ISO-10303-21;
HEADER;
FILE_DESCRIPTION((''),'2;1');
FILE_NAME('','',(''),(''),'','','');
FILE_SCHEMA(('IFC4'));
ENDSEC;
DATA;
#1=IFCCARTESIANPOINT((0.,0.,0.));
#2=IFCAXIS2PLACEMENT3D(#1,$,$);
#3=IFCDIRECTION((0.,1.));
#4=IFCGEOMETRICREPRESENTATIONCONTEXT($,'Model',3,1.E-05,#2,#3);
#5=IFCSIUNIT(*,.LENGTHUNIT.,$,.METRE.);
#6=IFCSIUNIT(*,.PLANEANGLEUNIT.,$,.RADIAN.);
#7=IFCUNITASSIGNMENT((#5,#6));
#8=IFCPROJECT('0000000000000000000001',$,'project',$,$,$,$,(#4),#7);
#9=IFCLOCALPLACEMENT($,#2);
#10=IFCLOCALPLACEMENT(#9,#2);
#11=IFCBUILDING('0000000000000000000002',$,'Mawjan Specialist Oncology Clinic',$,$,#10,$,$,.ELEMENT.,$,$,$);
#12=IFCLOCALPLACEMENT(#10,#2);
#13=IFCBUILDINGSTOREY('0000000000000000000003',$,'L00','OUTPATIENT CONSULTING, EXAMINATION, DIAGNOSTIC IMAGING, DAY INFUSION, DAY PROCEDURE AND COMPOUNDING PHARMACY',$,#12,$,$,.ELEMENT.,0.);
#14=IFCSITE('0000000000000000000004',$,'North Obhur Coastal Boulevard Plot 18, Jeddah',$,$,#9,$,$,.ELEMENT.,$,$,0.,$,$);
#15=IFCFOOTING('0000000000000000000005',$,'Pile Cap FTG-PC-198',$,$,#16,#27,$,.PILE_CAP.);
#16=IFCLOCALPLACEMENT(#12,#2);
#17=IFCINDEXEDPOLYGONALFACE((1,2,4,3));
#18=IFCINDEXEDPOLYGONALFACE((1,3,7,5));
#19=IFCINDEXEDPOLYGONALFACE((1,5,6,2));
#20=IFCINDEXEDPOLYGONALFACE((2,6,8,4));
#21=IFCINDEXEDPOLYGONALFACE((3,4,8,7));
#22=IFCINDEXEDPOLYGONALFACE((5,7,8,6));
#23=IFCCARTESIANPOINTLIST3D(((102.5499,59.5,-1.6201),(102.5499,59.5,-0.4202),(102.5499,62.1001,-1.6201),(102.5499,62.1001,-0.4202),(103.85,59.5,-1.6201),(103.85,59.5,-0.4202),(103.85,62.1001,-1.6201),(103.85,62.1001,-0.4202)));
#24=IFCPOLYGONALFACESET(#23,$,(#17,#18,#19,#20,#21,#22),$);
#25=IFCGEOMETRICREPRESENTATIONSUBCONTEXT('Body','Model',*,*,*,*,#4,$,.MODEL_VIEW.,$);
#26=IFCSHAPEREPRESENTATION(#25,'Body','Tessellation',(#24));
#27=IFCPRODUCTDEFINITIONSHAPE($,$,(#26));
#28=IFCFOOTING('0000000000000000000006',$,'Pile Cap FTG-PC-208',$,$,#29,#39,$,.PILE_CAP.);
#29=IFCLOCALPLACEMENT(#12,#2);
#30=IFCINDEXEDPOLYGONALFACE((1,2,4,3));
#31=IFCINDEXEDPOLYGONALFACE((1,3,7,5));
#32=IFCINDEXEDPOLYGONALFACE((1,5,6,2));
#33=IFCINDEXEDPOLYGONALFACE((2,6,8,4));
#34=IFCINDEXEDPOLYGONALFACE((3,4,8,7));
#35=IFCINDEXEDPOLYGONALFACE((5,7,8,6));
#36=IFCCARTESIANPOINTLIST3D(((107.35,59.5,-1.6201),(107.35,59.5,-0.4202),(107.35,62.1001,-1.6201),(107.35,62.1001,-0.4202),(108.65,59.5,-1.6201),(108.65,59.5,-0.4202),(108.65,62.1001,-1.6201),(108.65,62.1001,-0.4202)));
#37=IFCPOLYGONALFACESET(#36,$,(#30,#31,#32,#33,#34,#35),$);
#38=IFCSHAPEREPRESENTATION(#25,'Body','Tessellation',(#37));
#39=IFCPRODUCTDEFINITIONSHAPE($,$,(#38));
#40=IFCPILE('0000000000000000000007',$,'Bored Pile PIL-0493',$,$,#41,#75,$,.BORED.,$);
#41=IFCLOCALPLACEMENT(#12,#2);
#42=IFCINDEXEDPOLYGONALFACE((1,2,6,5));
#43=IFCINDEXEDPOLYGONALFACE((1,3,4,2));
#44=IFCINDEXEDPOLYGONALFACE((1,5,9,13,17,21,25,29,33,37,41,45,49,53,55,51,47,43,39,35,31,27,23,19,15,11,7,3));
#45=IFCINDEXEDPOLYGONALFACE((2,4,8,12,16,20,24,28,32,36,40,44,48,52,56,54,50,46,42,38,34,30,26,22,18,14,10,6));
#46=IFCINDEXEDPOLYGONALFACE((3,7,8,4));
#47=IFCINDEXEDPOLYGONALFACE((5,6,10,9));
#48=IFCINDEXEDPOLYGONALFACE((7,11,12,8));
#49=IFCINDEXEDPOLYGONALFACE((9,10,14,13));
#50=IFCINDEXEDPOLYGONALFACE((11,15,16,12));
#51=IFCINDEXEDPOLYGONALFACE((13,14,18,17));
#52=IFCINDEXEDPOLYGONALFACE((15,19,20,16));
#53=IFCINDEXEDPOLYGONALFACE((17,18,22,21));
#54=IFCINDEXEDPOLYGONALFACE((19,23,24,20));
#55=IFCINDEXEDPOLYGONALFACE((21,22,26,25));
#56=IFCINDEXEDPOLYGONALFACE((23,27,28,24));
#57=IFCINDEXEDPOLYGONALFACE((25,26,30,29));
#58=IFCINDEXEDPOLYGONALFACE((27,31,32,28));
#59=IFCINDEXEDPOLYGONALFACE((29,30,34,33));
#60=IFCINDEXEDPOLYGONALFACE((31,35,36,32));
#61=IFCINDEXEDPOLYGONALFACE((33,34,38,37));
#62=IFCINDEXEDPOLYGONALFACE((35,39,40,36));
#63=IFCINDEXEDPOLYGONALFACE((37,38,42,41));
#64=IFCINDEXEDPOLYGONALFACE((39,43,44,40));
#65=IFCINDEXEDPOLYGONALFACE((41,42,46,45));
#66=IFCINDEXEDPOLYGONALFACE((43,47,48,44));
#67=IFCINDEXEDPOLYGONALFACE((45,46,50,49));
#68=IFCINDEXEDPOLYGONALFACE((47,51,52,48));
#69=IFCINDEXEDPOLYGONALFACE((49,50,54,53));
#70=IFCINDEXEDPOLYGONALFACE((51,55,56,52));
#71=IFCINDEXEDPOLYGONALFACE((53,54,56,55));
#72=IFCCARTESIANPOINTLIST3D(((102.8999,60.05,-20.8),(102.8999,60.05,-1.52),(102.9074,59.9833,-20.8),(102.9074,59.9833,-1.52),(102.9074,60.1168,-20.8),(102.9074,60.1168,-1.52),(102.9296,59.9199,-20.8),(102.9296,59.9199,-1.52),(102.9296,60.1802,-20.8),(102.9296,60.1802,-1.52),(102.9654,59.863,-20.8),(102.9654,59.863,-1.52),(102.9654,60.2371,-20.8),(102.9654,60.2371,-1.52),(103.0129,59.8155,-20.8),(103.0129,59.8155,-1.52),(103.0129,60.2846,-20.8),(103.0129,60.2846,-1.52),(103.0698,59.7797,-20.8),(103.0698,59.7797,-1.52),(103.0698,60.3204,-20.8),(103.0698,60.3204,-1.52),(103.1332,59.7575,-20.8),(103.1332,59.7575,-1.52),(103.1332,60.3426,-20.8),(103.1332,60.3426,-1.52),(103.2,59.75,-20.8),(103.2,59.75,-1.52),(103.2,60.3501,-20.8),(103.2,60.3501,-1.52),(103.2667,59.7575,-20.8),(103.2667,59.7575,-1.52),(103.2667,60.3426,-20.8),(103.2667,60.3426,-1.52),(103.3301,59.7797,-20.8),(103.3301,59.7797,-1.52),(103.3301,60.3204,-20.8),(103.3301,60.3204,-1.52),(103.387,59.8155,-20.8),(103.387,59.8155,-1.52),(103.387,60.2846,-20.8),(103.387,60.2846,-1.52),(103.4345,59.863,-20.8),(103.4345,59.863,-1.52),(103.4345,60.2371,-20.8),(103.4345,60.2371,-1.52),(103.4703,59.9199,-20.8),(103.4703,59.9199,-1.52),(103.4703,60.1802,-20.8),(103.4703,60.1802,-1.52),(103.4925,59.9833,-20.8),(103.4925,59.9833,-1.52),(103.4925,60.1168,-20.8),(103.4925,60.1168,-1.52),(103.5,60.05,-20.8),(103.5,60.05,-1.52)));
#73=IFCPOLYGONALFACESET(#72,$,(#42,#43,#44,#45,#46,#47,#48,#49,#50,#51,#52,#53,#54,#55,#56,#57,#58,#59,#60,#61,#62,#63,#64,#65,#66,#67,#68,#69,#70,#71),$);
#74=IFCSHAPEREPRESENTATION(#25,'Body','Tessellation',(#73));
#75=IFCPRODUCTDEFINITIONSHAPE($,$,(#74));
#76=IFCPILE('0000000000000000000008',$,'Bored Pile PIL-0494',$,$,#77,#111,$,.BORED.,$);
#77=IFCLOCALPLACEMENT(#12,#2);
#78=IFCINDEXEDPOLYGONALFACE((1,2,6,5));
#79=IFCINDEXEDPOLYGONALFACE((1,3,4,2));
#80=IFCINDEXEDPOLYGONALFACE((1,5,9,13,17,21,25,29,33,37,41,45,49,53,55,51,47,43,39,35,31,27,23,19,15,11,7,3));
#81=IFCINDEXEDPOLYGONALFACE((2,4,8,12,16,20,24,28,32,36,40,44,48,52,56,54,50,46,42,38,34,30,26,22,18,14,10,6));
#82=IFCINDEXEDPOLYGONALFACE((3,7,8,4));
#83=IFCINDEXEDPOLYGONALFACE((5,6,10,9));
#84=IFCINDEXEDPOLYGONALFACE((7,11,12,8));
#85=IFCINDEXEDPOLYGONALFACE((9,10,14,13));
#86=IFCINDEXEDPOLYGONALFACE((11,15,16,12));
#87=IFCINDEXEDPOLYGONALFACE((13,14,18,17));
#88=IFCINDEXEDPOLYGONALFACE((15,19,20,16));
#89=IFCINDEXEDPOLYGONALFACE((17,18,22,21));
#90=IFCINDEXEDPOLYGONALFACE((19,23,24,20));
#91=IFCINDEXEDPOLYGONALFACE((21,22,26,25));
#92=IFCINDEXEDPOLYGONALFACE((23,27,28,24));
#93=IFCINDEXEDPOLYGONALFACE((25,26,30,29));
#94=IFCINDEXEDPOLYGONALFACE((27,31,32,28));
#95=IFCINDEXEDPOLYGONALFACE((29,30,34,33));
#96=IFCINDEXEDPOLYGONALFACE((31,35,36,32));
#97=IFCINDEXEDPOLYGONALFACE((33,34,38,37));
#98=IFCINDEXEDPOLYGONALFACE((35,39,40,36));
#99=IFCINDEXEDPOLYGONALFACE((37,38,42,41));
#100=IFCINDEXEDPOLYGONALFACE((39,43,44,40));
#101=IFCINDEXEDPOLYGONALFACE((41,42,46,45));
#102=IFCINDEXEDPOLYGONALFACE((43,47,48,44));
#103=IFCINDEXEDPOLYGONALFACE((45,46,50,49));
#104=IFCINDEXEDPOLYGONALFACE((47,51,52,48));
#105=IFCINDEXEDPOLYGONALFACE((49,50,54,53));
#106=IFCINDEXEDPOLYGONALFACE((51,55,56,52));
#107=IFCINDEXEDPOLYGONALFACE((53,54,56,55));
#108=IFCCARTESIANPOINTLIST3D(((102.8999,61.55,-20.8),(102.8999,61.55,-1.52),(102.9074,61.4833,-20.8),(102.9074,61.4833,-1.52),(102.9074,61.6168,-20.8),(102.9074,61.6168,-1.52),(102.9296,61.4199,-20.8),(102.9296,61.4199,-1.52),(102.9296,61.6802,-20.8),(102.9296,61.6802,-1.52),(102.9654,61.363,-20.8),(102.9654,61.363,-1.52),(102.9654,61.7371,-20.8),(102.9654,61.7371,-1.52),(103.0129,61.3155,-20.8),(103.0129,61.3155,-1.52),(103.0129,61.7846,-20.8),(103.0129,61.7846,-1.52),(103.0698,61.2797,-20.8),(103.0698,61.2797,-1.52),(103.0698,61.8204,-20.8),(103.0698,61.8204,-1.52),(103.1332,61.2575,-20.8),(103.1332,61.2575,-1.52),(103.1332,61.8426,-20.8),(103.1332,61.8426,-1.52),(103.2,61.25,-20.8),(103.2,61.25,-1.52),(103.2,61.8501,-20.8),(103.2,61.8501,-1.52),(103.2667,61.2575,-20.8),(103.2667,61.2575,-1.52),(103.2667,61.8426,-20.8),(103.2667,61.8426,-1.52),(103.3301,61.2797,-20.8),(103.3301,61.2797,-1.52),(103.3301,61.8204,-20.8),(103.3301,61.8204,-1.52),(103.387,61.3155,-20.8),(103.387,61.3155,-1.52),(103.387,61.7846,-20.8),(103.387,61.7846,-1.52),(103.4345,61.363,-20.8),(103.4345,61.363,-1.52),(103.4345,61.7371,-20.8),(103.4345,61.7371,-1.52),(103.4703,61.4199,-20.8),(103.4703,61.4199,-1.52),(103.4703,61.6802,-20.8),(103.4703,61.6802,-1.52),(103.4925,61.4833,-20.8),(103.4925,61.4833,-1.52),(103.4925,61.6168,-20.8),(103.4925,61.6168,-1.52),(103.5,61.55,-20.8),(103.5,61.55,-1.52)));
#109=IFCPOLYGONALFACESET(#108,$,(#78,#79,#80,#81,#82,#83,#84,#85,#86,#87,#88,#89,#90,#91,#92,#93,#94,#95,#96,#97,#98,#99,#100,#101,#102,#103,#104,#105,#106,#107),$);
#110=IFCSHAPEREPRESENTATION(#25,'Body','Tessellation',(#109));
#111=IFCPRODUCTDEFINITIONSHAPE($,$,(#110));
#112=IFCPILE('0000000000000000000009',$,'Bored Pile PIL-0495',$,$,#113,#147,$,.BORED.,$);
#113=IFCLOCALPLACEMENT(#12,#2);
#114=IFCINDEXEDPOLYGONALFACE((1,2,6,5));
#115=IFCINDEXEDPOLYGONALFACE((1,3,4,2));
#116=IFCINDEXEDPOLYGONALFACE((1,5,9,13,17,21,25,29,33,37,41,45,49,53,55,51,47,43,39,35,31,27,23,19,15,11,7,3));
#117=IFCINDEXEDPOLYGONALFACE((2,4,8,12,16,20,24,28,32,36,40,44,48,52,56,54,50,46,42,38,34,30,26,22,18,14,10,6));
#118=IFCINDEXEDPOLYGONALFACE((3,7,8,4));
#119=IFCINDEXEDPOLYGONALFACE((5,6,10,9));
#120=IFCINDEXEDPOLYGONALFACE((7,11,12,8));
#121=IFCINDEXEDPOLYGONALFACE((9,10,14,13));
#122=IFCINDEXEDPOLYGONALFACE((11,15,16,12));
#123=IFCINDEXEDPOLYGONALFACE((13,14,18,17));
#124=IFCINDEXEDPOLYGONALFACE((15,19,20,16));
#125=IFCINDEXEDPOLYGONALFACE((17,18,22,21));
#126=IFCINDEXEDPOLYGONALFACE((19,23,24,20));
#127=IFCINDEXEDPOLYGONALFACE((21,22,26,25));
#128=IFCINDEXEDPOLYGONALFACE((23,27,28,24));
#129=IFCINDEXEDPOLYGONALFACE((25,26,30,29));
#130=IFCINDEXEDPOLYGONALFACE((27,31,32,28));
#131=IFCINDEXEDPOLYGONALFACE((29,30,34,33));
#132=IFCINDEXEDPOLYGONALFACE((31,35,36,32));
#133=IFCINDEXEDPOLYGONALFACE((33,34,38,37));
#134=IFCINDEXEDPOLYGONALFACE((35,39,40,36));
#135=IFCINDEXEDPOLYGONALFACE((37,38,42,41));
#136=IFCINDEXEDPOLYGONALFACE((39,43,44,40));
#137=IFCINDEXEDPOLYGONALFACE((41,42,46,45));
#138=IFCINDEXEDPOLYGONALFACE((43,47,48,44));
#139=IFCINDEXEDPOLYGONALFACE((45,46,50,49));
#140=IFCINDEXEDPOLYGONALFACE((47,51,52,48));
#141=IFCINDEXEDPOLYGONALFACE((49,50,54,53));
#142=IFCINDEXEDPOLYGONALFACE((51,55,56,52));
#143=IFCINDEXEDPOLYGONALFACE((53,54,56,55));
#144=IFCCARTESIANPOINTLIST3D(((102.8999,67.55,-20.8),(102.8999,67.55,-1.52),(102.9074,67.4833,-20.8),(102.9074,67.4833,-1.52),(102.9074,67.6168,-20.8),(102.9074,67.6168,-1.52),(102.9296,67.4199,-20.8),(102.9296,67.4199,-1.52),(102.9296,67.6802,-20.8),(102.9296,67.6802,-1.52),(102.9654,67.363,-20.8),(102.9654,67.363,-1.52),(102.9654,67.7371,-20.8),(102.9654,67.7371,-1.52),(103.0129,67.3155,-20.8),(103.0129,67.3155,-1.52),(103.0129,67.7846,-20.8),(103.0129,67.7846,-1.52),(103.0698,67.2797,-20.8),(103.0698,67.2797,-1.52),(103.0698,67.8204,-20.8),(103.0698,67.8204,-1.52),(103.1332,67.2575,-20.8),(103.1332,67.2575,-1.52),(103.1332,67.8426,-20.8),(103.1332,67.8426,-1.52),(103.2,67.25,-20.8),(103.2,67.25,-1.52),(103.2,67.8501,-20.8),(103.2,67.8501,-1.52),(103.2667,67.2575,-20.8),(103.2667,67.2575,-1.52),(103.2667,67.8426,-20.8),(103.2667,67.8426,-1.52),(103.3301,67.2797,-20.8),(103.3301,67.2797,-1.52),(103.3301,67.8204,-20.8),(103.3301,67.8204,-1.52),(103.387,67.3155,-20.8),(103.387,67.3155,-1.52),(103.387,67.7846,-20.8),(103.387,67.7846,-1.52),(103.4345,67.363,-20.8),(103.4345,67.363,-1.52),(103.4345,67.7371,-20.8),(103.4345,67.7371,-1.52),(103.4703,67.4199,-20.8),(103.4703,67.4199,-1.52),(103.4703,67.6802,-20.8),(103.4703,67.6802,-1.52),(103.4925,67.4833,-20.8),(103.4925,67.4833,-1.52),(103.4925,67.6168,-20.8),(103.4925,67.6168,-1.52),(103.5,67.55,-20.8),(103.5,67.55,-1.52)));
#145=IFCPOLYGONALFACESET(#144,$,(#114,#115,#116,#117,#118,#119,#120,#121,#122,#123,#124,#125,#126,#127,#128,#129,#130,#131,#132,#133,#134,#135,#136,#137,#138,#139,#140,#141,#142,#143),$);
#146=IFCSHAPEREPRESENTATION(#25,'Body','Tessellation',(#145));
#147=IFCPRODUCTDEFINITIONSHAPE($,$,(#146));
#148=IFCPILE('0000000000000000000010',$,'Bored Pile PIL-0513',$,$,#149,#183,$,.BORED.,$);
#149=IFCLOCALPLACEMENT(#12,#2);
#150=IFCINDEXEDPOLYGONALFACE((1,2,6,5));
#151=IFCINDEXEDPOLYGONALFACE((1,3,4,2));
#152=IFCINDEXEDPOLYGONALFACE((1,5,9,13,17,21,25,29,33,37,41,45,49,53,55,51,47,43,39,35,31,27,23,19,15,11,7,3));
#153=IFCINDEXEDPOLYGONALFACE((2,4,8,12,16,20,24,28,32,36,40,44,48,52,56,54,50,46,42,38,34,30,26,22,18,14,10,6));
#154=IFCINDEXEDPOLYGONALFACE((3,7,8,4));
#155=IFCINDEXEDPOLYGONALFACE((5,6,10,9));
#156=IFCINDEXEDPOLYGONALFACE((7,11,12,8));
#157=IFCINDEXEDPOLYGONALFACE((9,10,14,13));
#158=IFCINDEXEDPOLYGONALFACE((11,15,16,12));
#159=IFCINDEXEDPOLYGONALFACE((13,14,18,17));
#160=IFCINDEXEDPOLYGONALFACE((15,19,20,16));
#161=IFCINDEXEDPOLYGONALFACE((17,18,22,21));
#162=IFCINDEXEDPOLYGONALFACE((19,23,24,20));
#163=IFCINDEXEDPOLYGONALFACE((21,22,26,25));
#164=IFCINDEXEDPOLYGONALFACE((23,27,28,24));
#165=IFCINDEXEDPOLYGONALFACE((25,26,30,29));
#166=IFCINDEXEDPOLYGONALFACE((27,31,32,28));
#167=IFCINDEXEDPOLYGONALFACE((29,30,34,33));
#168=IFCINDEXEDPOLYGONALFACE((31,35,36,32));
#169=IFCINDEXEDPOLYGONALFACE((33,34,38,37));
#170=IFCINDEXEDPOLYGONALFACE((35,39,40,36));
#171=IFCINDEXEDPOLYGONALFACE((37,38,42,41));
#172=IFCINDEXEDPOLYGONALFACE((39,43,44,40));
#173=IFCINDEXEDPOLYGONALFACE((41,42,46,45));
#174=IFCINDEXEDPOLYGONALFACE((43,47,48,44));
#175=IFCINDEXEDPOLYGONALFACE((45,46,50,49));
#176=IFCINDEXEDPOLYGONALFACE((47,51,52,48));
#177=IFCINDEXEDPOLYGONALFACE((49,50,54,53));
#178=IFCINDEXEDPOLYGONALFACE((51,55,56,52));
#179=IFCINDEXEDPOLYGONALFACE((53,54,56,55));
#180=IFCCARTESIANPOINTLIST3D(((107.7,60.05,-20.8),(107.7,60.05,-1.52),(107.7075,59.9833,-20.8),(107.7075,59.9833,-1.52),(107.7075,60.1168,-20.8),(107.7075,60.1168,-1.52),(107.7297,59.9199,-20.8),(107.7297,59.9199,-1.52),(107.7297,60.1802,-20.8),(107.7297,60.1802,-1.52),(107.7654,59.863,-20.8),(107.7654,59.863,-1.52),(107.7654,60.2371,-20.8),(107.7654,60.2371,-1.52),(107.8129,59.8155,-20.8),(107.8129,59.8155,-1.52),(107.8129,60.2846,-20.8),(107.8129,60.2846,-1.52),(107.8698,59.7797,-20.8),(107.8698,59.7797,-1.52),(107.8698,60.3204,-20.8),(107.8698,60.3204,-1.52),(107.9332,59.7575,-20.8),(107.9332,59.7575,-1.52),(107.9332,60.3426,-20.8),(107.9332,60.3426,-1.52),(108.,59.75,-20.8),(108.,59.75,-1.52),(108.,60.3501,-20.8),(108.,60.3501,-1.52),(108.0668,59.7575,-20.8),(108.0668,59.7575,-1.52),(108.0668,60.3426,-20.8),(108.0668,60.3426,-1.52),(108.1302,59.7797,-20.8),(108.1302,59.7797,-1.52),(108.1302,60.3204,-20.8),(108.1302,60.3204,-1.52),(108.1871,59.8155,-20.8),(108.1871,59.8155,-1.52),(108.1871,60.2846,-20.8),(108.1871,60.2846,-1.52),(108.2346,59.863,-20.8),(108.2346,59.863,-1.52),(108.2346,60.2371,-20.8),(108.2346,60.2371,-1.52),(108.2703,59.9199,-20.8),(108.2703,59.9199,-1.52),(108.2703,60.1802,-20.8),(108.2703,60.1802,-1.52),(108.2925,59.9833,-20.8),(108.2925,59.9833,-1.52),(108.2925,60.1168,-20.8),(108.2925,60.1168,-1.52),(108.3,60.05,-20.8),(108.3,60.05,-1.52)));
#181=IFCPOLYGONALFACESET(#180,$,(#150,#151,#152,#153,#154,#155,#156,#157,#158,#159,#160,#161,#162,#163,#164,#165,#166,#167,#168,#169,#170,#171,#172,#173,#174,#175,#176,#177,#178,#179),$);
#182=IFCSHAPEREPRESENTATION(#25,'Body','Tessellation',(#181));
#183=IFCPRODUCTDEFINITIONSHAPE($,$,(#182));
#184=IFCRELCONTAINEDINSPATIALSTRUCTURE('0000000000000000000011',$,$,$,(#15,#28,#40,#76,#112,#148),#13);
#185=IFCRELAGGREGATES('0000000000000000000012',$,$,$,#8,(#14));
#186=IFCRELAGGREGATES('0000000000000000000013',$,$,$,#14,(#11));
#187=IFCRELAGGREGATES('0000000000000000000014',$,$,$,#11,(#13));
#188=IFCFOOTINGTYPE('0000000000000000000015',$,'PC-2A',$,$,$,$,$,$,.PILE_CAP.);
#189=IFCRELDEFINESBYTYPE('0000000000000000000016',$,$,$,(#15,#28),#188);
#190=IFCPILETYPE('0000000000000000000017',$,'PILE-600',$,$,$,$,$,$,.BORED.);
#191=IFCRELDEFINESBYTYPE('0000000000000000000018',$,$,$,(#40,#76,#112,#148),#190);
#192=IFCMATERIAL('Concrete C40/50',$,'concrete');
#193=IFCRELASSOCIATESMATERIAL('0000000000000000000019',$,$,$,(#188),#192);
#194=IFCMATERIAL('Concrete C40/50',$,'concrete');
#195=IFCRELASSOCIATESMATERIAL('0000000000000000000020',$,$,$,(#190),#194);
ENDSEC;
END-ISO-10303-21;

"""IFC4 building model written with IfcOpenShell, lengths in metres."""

from ifc_helpers import new_model, si_unit, direction, frame, origin, origin_2d, place, context, subcontext, project, spatial, rectangle, circle, extrude, material, material_profile, profile_set, type_object, element, save


model = new_model("IFC4")

# Units and contexts
model_context = context("Model", 3, precision=1e-05, world=origin(), true_north=direction((0.0, 1.0)))
body_context = subcontext(model_context, "Body", "Model", "MODEL_VIEW")
ifc_project = project(units=[si_unit("LENGTHUNIT", "METRE"), si_unit("PLANEANGLEUNIT", "RADIAN")], contexts=[model_context])

# Site, building, storey
site_placement = place(None, origin())
site = spatial("IfcSite", under=ifc_project, at=site_placement, Name="North Obhur Coastal Boulevard Plot 18, Jeddah", CompositionType="ELEMENT", RefElevation=0.0)
building_placement = place(site_placement, origin())
building = spatial("IfcBuilding", under=site, at=building_placement, Name="Mawjan Specialist Oncology Clinic", CompositionType="ELEMENT")
storey_placement = place(building_placement, origin())
storey = spatial("IfcBuildingStorey", under=building, at=storey_placement, Name="L00", Description="OUTPATIENT CONSULTING, EXAMINATION, DIAGNOSTIC IMAGING, DAY INFUSION, DAY PROCEDURE AND COMPOUNDING PHARMACY", CompositionType="ELEMENT", Elevation=0.0)

# Footings
ifc_material_1 = material(Name="Concrete C40/50", Category="concrete")
footing_type_1 = type_object("IfcFootingType", Name="PC-2A", PredefinedType="PILE_CAP", material=ifc_material_1)
for number, where, z_axis, x_axis, name in (
    (1, (103.2, 60.8, -1.6201), (0.0, 0.0, 1.0), (0.0, 1.0, 0.0), "Pile Cap FTG-PC-198"),
    (2, (108.0, 60.8, -1.6201), (0.0, 0.0, 1.0), (0.0, 1.0, 0.0), "Pile Cap FTG-PC-208"),
):
    element("IfcFooting", number, at=place(storey_placement, frame(where, z_axis=z_axis, x_axis=x_axis)), inside=storey, type_object=footing_type_1, Name=name, PredefinedType="PILE_CAP", context=body_context, shape_type="SweptSolid", body=[
        extrude(rectangle(XDim=2.6001, YDim=1.3, at=origin_2d()), origin(), (0.0, 0.0, 1.0), 1.2),
    ])

# Piles
ifc_material_2 = material(Name="Concrete C40/50", Category="concrete")
ifc_material_profile_1 = material_profile(ifc_material_2, circle(Radius=0.3, at=origin_2d()), Name="BORED PILE D600", Category="concrete")
ifc_profile_set_1 = profile_set([ifc_material_profile_1], Name="Concrete C40/50")
pile_type = type_object("IfcPileType", Name="PILE-600", PredefinedType="BORED", material=ifc_profile_set_1)
for number, where, z_axis, x_axis, name in (
    (3, (103.2, 60.05, -1.52), (0.0, 0.0, -1.0), (1.0, 0.0, 0.0), "Bored Pile PIL-0493"),
    (4, (103.2, 61.55, -1.52), (0.0, 0.0, -1.0), (1.0, 0.0, 0.0), "Bored Pile PIL-0494"),
    (5, (103.2, 67.55, -1.52), (0.0, 0.0, -1.0), (1.0, 0.0, 0.0), "Bored Pile PIL-0495"),
    (6, (108.0, 60.05, -1.52), (0.0, 0.0, -1.0), (1.0, 0.0, 0.0), "Bored Pile PIL-0513"),
):
    element("IfcPile", number, at=place(storey_placement, frame(where, z_axis=z_axis, x_axis=x_axis)), inside=storey, type_object=pile_type, Name=name, PredefinedType="BORED", context=body_context, shape_type="SweptSolid", body=[
        extrude(circle(Radius=0.3, at=origin_2d()), origin(), (0.0, 0.0, 1.0), 19.28),
    ])

save(model, "model.ifc")
